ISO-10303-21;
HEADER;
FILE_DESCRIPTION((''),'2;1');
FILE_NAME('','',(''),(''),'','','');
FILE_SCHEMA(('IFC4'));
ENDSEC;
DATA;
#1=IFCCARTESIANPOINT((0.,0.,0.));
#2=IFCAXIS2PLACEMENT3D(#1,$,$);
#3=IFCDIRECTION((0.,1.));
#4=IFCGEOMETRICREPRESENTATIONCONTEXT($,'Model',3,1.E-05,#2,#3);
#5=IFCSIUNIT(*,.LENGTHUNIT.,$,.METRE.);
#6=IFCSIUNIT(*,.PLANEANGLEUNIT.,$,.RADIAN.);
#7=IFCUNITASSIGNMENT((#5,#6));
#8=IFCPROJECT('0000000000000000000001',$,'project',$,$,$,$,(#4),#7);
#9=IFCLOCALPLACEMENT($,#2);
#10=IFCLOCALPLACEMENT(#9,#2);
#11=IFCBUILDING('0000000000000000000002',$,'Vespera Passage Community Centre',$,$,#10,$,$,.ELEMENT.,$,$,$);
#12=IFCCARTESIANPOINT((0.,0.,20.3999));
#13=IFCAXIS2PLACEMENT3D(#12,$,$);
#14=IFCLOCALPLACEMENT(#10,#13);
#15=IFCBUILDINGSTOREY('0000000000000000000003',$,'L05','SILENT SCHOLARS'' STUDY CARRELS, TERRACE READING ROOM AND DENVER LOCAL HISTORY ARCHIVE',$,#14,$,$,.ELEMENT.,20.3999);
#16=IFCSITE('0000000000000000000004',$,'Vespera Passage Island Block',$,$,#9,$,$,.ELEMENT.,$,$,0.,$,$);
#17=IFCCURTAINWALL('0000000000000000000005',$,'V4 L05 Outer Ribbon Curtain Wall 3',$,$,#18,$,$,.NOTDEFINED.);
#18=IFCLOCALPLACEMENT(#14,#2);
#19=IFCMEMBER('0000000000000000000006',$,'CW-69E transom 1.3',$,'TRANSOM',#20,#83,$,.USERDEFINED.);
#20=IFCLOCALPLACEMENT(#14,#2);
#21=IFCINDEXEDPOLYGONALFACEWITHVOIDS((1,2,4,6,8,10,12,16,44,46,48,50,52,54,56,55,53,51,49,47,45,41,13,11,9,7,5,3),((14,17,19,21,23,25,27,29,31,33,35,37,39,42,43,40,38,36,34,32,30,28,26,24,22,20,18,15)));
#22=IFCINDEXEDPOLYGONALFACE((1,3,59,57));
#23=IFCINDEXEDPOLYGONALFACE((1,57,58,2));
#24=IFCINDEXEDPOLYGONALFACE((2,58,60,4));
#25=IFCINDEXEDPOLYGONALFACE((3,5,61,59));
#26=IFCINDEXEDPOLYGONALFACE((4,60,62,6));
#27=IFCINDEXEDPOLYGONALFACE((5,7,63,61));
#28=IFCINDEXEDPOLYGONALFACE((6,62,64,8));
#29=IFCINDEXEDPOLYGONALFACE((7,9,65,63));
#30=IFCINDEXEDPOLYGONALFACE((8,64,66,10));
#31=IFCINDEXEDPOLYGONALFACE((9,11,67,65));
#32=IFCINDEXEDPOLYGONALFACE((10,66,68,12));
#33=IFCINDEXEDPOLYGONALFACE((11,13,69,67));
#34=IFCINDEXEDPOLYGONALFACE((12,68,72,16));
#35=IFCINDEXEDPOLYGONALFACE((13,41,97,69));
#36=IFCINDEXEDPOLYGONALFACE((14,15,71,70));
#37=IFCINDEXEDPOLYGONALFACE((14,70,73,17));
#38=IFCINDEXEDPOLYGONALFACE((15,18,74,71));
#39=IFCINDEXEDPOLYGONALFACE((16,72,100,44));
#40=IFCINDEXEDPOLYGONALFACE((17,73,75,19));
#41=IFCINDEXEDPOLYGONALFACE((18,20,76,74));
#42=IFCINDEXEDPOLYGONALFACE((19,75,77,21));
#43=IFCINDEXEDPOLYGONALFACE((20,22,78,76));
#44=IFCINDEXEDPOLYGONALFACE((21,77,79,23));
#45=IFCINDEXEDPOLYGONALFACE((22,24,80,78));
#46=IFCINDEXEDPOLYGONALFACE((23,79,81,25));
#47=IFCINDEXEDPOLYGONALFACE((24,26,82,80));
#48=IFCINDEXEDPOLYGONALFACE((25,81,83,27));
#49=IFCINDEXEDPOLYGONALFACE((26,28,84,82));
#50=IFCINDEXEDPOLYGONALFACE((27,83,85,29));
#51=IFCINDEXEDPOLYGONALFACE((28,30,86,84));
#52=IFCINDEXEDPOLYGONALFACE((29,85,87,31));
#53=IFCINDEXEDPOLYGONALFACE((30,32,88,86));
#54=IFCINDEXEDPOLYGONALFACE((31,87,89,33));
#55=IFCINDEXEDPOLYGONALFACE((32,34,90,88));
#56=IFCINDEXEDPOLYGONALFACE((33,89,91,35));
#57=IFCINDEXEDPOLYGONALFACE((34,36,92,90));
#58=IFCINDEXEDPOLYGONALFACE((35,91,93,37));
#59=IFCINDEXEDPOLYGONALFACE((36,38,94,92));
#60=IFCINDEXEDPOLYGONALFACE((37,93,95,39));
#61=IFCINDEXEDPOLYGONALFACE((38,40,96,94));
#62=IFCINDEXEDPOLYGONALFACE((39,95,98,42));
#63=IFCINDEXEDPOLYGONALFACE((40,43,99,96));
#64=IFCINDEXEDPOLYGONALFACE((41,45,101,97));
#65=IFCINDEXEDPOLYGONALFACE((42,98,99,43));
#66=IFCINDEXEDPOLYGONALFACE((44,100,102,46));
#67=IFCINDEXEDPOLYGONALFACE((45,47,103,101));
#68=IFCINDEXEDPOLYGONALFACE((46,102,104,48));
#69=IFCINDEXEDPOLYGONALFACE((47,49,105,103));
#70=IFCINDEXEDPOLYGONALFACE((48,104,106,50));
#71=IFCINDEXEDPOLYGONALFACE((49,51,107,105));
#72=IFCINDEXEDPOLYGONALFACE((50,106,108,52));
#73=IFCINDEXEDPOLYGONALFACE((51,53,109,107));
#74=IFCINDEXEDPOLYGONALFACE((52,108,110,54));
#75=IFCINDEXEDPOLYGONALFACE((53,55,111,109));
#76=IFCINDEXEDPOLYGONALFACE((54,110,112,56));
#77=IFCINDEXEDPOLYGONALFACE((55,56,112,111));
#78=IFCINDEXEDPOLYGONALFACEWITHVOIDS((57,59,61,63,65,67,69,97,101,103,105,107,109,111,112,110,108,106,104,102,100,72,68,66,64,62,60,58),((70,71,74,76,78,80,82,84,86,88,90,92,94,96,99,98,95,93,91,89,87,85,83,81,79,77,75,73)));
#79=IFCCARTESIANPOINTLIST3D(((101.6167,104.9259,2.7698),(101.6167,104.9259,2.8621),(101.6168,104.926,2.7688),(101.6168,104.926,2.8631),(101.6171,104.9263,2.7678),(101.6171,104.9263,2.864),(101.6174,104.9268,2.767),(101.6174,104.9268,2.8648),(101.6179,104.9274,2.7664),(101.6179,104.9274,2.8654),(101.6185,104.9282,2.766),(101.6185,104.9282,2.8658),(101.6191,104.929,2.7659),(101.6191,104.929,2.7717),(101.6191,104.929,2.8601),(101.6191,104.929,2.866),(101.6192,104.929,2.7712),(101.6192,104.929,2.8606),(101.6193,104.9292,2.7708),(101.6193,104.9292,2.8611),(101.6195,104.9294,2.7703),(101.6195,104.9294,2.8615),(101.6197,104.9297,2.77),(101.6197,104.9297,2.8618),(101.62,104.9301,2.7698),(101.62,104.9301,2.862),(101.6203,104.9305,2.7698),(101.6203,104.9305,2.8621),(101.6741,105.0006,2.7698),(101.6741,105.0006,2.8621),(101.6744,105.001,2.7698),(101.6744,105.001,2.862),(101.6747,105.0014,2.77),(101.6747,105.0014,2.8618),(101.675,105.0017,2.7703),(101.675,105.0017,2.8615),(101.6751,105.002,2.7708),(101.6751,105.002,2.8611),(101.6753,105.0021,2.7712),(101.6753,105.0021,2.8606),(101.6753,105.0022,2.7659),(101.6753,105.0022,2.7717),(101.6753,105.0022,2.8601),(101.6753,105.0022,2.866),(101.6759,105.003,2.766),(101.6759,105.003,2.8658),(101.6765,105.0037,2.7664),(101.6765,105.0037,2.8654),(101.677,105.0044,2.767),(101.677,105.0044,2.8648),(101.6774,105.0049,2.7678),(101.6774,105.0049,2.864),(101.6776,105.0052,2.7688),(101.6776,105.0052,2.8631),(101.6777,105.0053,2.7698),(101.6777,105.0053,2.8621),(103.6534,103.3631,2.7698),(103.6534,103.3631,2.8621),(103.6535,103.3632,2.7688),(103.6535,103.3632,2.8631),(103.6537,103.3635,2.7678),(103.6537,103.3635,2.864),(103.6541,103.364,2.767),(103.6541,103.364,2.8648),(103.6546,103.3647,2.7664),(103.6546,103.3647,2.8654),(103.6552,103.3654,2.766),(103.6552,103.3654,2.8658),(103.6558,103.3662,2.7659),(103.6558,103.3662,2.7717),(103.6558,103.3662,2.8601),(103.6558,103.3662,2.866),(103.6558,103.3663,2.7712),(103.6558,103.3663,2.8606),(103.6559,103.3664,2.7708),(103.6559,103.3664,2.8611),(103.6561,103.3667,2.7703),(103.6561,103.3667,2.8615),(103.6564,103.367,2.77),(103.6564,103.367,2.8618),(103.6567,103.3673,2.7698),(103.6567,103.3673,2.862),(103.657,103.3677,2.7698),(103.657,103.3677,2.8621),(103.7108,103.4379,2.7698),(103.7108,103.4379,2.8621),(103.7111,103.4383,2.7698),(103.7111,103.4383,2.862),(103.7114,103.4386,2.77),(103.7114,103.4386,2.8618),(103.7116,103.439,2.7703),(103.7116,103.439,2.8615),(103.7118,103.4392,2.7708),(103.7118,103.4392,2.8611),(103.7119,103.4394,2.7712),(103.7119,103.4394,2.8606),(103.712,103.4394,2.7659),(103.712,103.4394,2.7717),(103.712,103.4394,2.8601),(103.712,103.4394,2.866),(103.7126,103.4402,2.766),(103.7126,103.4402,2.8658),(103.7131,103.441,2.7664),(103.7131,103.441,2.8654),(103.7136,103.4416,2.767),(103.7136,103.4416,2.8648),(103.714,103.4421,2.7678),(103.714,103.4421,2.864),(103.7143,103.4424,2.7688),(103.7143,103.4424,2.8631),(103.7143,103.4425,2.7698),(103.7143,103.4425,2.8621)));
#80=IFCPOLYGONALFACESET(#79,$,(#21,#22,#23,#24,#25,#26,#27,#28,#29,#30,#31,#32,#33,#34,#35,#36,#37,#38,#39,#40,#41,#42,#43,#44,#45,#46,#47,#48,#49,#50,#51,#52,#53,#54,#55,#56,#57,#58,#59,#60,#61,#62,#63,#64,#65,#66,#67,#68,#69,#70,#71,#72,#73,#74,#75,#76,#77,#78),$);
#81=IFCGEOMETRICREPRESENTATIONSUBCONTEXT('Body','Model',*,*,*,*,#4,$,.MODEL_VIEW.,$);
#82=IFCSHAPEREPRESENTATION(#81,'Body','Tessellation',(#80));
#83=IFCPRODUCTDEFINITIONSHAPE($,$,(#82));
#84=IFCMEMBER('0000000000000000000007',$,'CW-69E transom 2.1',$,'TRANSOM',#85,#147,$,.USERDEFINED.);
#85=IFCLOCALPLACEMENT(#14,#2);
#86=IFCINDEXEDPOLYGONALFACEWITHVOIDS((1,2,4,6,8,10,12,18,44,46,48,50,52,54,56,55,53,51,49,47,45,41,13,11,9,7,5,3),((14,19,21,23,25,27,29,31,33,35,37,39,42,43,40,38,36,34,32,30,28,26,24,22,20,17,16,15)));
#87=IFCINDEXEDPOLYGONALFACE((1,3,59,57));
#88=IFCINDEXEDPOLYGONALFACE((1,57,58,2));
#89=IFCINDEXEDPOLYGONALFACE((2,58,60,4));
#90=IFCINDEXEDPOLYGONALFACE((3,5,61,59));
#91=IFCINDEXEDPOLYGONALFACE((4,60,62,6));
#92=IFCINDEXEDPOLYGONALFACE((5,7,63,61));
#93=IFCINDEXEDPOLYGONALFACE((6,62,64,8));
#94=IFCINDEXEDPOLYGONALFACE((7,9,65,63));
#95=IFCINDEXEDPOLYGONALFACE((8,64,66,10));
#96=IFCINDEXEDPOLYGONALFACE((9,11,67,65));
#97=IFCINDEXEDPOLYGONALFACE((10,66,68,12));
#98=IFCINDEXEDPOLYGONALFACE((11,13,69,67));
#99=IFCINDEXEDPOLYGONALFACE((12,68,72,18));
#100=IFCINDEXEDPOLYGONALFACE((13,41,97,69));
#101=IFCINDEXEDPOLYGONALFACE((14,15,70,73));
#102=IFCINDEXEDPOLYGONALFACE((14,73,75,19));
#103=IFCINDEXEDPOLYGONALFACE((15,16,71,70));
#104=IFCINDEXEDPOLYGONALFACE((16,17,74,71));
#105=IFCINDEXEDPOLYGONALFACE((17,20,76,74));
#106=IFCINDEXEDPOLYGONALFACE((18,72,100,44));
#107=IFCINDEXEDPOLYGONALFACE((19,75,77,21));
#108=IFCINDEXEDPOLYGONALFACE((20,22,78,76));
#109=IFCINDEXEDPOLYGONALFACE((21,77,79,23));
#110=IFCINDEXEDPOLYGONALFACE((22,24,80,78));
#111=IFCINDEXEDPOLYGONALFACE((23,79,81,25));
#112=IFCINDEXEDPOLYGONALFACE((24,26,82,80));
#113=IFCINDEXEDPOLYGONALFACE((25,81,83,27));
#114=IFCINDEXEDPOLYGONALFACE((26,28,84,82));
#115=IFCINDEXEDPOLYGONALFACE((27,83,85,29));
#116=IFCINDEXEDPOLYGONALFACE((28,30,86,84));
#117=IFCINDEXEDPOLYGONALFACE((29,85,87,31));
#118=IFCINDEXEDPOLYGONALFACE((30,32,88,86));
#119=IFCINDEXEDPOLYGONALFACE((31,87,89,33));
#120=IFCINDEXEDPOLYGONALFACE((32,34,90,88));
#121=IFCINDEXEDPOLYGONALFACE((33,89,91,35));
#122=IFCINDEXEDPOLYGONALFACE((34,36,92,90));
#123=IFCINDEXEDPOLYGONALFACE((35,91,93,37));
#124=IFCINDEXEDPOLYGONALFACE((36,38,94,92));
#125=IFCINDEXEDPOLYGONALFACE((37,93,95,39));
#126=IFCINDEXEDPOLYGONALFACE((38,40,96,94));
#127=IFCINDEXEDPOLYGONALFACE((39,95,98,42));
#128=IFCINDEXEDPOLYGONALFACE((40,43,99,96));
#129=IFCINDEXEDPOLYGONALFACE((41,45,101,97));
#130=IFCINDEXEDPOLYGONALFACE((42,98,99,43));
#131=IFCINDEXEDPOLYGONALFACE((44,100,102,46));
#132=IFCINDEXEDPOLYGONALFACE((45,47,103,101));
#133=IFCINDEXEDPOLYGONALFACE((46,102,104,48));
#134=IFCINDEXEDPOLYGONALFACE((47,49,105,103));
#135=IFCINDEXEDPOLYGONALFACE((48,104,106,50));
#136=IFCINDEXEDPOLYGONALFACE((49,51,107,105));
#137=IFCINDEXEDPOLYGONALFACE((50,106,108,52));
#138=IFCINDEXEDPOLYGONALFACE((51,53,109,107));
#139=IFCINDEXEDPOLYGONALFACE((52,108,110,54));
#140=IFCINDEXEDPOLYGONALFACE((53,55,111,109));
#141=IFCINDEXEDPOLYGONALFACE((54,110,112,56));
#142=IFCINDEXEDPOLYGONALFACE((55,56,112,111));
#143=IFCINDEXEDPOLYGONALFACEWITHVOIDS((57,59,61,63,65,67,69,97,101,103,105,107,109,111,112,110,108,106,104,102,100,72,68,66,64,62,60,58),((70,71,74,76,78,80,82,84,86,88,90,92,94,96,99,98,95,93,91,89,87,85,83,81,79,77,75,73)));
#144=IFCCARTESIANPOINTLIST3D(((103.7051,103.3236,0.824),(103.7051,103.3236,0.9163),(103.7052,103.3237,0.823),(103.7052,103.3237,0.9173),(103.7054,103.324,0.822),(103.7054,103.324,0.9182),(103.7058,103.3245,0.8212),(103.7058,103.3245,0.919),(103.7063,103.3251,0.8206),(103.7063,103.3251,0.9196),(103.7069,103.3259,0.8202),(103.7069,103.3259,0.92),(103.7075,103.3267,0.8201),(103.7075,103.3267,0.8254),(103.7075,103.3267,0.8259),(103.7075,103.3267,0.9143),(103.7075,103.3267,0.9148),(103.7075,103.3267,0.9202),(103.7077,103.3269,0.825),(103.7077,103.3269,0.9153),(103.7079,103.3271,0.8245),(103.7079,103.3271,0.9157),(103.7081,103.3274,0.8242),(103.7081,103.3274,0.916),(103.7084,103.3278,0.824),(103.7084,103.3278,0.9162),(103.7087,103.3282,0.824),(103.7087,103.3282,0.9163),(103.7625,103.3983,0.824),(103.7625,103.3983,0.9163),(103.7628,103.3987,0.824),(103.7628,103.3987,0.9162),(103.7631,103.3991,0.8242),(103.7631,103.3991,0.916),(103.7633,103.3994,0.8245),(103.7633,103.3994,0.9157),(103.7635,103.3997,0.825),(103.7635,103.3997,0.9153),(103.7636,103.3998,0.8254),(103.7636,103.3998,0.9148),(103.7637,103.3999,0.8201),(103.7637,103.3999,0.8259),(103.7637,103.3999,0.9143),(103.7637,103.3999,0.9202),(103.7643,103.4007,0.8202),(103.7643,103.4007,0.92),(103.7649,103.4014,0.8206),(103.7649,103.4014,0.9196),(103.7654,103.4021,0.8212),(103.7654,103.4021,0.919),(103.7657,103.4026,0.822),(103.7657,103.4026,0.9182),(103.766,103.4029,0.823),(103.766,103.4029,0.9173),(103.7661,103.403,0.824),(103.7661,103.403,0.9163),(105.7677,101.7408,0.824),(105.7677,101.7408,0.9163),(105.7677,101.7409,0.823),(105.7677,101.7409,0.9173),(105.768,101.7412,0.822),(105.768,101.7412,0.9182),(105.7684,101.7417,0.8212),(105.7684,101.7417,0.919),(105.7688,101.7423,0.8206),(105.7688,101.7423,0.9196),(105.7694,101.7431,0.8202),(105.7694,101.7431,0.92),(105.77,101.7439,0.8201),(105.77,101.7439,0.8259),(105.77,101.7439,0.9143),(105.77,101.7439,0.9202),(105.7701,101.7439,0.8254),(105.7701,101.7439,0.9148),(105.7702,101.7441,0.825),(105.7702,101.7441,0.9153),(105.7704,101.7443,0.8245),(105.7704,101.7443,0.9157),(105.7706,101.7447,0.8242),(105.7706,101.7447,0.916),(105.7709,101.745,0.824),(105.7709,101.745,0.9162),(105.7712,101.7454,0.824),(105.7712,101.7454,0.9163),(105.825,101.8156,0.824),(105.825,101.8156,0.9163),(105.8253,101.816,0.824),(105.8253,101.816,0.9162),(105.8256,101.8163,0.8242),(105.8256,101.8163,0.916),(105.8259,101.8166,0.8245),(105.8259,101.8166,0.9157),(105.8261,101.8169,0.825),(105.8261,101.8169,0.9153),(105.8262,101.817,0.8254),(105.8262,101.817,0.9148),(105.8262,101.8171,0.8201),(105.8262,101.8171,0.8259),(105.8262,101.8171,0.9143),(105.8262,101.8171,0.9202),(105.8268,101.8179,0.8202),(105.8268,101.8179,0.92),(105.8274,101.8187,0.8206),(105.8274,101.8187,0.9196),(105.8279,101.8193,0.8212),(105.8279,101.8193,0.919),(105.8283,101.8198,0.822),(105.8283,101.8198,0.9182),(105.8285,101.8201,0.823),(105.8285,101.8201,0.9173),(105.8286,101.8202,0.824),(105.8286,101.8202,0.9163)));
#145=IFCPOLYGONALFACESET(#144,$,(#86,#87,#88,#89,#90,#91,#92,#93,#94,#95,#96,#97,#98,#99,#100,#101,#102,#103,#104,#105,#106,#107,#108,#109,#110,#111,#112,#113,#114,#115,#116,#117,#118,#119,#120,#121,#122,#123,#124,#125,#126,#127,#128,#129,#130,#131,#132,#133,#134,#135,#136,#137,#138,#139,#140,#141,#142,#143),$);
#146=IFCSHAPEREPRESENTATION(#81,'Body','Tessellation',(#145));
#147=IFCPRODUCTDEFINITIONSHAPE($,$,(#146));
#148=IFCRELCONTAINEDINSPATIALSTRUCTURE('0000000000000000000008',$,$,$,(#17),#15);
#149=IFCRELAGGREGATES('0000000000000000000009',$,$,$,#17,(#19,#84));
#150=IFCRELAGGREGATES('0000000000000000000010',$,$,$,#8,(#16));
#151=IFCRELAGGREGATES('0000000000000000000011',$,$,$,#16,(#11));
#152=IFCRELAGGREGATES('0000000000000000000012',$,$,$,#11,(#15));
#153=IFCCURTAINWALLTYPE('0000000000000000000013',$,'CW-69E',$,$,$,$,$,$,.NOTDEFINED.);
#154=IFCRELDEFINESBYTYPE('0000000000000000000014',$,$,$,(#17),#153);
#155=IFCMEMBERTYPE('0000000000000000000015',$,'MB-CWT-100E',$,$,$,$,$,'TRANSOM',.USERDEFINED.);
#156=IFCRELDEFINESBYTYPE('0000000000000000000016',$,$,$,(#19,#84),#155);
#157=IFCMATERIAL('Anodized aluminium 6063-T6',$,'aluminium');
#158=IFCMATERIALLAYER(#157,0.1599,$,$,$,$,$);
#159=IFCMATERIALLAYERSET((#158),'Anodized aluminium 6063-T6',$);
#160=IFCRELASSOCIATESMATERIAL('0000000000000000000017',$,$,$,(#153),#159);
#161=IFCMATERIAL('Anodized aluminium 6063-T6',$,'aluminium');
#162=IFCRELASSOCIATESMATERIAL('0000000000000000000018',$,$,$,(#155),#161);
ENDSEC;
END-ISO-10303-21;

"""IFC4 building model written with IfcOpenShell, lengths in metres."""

from ifc_helpers import new_model, si_unit, direction, frame, origin, origin_2d, place, context, subcontext, project, spatial, hollow_rectangle, extrude, material, layer, layer_set, material_profile, profile_set, type_object, element, aggregate, save


model = new_model("IFC4")

# Units and contexts
model_context = context("Model", 3, precision=1e-05, world=origin(), true_north=direction((0.0, 1.0)))
body_context = subcontext(model_context, "Body", "Model", "MODEL_VIEW")
ifc_project = project(units=[si_unit("LENGTHUNIT", "METRE"), si_unit("PLANEANGLEUNIT", "RADIAN")], contexts=[model_context])

# Site, building, storey
site_placement = place(None, origin())
site = spatial("IfcSite", under=ifc_project, at=site_placement, Name="Vespera Passage Island Block", CompositionType="ELEMENT", RefElevation=0.0)
building_placement = place(site_placement, origin())
building = spatial("IfcBuilding", under=site, at=building_placement, Name="Vespera Passage Community Centre", CompositionType="ELEMENT")
storey_placement = place(building_placement, frame((0.0, 0.0, 20.3999)))
storey = spatial("IfcBuildingStorey", under=building, at=storey_placement, Name="L05", Description="SILENT SCHOLARS' STUDY CARRELS, TERRACE READING ROOM AND DENVER LOCAL HISTORY ARCHIVE", CompositionType="ELEMENT", Elevation=20.3999)

# Curtain wall, members
ifc_material_1 = material(Name="Anodized aluminium 6063-T6", Category="aluminium")
ifc_layer_1 = layer(ifc_material_1, 0.1599)
ifc_layer_set_1 = layer_set([ifc_layer_1], Name="Anodized aluminium 6063-T6")
curtain_wall_type = type_object("IfcCurtainWallType", Name="CW-69E", PredefinedType="NOTDEFINED", material=ifc_layer_set_1)
curtain_wall_placement = place(storey_placement, origin())
curtain_wall = element("IfcCurtainWall", 1, at=curtain_wall_placement, inside=storey, type_object=curtain_wall_type, Name="V4 L05 Outer Ribbon Curtain Wall 3", PredefinedType="NOTDEFINED")
ifc_material_2 = material(Name="Anodized aluminium 6063-T6", Category="aluminium")
ifc_material_profile_1 = material_profile(ifc_material_2, hollow_rectangle(XDim=0.1001, YDim=0.1001, WallThickness=0.0039, InnerFilletRadius=0.002, OuterFilletRadius=0.0039, at=origin_2d()), Name="ALU100X100X4")
ifc_profile_set_1 = profile_set([ifc_material_profile_1], Name="Anodized aluminium 6063-T6")
member_type_1 = type_object("IfcMemberType", Name="MB-CWT-100E", ElementType="TRANSOM", PredefinedType="USERDEFINED", material=ifc_profile_set_1)
member_1_placement = place(storey_placement, frame((101.6472, 104.9656, 2.8159), z_axis=(0.793355, -0.608759, 0.0), x_axis=(0.608759, 0.793355, 0.0)))
member_1 = element("IfcMember", 2, at=member_1_placement, type_object=member_type_1, Name="CW-69E transom 1.3", ObjectType="TRANSOM", PredefinedType="USERDEFINED", context=body_context, shape_type="SweptSolid", body=[
    extrude(hollow_rectangle(XDim=0.1001, YDim=0.1001, WallThickness=0.0039, InnerFilletRadius=0.002, OuterFilletRadius=0.0039, at=origin_2d()), origin(), (0.0, 0.0, 1.0), 2.5671),
])
member_2_placement = place(storey_placement, frame((103.7356, 103.3633, 0.8701), z_axis=(0.793325, -0.608798, 0.0), x_axis=(0.608798, 0.793325, 0.0)))
member_2 = element("IfcMember", 3, at=member_2_placement, type_object=member_type_1, Name="CW-69E transom 2.1", ObjectType="TRANSOM", PredefinedType="USERDEFINED", context=body_context, shape_type="SweptSolid", body=[
    extrude(hollow_rectangle(XDim=0.1001, YDim=0.1001, WallThickness=0.0039, InnerFilletRadius=0.002, OuterFilletRadius=0.0039, at=origin_2d()), origin(), (0.0, 0.0, 1.0), 2.5999),
])
aggregate(curtain_wall, [member_1, member_2])

save(model, "model.ifc")
